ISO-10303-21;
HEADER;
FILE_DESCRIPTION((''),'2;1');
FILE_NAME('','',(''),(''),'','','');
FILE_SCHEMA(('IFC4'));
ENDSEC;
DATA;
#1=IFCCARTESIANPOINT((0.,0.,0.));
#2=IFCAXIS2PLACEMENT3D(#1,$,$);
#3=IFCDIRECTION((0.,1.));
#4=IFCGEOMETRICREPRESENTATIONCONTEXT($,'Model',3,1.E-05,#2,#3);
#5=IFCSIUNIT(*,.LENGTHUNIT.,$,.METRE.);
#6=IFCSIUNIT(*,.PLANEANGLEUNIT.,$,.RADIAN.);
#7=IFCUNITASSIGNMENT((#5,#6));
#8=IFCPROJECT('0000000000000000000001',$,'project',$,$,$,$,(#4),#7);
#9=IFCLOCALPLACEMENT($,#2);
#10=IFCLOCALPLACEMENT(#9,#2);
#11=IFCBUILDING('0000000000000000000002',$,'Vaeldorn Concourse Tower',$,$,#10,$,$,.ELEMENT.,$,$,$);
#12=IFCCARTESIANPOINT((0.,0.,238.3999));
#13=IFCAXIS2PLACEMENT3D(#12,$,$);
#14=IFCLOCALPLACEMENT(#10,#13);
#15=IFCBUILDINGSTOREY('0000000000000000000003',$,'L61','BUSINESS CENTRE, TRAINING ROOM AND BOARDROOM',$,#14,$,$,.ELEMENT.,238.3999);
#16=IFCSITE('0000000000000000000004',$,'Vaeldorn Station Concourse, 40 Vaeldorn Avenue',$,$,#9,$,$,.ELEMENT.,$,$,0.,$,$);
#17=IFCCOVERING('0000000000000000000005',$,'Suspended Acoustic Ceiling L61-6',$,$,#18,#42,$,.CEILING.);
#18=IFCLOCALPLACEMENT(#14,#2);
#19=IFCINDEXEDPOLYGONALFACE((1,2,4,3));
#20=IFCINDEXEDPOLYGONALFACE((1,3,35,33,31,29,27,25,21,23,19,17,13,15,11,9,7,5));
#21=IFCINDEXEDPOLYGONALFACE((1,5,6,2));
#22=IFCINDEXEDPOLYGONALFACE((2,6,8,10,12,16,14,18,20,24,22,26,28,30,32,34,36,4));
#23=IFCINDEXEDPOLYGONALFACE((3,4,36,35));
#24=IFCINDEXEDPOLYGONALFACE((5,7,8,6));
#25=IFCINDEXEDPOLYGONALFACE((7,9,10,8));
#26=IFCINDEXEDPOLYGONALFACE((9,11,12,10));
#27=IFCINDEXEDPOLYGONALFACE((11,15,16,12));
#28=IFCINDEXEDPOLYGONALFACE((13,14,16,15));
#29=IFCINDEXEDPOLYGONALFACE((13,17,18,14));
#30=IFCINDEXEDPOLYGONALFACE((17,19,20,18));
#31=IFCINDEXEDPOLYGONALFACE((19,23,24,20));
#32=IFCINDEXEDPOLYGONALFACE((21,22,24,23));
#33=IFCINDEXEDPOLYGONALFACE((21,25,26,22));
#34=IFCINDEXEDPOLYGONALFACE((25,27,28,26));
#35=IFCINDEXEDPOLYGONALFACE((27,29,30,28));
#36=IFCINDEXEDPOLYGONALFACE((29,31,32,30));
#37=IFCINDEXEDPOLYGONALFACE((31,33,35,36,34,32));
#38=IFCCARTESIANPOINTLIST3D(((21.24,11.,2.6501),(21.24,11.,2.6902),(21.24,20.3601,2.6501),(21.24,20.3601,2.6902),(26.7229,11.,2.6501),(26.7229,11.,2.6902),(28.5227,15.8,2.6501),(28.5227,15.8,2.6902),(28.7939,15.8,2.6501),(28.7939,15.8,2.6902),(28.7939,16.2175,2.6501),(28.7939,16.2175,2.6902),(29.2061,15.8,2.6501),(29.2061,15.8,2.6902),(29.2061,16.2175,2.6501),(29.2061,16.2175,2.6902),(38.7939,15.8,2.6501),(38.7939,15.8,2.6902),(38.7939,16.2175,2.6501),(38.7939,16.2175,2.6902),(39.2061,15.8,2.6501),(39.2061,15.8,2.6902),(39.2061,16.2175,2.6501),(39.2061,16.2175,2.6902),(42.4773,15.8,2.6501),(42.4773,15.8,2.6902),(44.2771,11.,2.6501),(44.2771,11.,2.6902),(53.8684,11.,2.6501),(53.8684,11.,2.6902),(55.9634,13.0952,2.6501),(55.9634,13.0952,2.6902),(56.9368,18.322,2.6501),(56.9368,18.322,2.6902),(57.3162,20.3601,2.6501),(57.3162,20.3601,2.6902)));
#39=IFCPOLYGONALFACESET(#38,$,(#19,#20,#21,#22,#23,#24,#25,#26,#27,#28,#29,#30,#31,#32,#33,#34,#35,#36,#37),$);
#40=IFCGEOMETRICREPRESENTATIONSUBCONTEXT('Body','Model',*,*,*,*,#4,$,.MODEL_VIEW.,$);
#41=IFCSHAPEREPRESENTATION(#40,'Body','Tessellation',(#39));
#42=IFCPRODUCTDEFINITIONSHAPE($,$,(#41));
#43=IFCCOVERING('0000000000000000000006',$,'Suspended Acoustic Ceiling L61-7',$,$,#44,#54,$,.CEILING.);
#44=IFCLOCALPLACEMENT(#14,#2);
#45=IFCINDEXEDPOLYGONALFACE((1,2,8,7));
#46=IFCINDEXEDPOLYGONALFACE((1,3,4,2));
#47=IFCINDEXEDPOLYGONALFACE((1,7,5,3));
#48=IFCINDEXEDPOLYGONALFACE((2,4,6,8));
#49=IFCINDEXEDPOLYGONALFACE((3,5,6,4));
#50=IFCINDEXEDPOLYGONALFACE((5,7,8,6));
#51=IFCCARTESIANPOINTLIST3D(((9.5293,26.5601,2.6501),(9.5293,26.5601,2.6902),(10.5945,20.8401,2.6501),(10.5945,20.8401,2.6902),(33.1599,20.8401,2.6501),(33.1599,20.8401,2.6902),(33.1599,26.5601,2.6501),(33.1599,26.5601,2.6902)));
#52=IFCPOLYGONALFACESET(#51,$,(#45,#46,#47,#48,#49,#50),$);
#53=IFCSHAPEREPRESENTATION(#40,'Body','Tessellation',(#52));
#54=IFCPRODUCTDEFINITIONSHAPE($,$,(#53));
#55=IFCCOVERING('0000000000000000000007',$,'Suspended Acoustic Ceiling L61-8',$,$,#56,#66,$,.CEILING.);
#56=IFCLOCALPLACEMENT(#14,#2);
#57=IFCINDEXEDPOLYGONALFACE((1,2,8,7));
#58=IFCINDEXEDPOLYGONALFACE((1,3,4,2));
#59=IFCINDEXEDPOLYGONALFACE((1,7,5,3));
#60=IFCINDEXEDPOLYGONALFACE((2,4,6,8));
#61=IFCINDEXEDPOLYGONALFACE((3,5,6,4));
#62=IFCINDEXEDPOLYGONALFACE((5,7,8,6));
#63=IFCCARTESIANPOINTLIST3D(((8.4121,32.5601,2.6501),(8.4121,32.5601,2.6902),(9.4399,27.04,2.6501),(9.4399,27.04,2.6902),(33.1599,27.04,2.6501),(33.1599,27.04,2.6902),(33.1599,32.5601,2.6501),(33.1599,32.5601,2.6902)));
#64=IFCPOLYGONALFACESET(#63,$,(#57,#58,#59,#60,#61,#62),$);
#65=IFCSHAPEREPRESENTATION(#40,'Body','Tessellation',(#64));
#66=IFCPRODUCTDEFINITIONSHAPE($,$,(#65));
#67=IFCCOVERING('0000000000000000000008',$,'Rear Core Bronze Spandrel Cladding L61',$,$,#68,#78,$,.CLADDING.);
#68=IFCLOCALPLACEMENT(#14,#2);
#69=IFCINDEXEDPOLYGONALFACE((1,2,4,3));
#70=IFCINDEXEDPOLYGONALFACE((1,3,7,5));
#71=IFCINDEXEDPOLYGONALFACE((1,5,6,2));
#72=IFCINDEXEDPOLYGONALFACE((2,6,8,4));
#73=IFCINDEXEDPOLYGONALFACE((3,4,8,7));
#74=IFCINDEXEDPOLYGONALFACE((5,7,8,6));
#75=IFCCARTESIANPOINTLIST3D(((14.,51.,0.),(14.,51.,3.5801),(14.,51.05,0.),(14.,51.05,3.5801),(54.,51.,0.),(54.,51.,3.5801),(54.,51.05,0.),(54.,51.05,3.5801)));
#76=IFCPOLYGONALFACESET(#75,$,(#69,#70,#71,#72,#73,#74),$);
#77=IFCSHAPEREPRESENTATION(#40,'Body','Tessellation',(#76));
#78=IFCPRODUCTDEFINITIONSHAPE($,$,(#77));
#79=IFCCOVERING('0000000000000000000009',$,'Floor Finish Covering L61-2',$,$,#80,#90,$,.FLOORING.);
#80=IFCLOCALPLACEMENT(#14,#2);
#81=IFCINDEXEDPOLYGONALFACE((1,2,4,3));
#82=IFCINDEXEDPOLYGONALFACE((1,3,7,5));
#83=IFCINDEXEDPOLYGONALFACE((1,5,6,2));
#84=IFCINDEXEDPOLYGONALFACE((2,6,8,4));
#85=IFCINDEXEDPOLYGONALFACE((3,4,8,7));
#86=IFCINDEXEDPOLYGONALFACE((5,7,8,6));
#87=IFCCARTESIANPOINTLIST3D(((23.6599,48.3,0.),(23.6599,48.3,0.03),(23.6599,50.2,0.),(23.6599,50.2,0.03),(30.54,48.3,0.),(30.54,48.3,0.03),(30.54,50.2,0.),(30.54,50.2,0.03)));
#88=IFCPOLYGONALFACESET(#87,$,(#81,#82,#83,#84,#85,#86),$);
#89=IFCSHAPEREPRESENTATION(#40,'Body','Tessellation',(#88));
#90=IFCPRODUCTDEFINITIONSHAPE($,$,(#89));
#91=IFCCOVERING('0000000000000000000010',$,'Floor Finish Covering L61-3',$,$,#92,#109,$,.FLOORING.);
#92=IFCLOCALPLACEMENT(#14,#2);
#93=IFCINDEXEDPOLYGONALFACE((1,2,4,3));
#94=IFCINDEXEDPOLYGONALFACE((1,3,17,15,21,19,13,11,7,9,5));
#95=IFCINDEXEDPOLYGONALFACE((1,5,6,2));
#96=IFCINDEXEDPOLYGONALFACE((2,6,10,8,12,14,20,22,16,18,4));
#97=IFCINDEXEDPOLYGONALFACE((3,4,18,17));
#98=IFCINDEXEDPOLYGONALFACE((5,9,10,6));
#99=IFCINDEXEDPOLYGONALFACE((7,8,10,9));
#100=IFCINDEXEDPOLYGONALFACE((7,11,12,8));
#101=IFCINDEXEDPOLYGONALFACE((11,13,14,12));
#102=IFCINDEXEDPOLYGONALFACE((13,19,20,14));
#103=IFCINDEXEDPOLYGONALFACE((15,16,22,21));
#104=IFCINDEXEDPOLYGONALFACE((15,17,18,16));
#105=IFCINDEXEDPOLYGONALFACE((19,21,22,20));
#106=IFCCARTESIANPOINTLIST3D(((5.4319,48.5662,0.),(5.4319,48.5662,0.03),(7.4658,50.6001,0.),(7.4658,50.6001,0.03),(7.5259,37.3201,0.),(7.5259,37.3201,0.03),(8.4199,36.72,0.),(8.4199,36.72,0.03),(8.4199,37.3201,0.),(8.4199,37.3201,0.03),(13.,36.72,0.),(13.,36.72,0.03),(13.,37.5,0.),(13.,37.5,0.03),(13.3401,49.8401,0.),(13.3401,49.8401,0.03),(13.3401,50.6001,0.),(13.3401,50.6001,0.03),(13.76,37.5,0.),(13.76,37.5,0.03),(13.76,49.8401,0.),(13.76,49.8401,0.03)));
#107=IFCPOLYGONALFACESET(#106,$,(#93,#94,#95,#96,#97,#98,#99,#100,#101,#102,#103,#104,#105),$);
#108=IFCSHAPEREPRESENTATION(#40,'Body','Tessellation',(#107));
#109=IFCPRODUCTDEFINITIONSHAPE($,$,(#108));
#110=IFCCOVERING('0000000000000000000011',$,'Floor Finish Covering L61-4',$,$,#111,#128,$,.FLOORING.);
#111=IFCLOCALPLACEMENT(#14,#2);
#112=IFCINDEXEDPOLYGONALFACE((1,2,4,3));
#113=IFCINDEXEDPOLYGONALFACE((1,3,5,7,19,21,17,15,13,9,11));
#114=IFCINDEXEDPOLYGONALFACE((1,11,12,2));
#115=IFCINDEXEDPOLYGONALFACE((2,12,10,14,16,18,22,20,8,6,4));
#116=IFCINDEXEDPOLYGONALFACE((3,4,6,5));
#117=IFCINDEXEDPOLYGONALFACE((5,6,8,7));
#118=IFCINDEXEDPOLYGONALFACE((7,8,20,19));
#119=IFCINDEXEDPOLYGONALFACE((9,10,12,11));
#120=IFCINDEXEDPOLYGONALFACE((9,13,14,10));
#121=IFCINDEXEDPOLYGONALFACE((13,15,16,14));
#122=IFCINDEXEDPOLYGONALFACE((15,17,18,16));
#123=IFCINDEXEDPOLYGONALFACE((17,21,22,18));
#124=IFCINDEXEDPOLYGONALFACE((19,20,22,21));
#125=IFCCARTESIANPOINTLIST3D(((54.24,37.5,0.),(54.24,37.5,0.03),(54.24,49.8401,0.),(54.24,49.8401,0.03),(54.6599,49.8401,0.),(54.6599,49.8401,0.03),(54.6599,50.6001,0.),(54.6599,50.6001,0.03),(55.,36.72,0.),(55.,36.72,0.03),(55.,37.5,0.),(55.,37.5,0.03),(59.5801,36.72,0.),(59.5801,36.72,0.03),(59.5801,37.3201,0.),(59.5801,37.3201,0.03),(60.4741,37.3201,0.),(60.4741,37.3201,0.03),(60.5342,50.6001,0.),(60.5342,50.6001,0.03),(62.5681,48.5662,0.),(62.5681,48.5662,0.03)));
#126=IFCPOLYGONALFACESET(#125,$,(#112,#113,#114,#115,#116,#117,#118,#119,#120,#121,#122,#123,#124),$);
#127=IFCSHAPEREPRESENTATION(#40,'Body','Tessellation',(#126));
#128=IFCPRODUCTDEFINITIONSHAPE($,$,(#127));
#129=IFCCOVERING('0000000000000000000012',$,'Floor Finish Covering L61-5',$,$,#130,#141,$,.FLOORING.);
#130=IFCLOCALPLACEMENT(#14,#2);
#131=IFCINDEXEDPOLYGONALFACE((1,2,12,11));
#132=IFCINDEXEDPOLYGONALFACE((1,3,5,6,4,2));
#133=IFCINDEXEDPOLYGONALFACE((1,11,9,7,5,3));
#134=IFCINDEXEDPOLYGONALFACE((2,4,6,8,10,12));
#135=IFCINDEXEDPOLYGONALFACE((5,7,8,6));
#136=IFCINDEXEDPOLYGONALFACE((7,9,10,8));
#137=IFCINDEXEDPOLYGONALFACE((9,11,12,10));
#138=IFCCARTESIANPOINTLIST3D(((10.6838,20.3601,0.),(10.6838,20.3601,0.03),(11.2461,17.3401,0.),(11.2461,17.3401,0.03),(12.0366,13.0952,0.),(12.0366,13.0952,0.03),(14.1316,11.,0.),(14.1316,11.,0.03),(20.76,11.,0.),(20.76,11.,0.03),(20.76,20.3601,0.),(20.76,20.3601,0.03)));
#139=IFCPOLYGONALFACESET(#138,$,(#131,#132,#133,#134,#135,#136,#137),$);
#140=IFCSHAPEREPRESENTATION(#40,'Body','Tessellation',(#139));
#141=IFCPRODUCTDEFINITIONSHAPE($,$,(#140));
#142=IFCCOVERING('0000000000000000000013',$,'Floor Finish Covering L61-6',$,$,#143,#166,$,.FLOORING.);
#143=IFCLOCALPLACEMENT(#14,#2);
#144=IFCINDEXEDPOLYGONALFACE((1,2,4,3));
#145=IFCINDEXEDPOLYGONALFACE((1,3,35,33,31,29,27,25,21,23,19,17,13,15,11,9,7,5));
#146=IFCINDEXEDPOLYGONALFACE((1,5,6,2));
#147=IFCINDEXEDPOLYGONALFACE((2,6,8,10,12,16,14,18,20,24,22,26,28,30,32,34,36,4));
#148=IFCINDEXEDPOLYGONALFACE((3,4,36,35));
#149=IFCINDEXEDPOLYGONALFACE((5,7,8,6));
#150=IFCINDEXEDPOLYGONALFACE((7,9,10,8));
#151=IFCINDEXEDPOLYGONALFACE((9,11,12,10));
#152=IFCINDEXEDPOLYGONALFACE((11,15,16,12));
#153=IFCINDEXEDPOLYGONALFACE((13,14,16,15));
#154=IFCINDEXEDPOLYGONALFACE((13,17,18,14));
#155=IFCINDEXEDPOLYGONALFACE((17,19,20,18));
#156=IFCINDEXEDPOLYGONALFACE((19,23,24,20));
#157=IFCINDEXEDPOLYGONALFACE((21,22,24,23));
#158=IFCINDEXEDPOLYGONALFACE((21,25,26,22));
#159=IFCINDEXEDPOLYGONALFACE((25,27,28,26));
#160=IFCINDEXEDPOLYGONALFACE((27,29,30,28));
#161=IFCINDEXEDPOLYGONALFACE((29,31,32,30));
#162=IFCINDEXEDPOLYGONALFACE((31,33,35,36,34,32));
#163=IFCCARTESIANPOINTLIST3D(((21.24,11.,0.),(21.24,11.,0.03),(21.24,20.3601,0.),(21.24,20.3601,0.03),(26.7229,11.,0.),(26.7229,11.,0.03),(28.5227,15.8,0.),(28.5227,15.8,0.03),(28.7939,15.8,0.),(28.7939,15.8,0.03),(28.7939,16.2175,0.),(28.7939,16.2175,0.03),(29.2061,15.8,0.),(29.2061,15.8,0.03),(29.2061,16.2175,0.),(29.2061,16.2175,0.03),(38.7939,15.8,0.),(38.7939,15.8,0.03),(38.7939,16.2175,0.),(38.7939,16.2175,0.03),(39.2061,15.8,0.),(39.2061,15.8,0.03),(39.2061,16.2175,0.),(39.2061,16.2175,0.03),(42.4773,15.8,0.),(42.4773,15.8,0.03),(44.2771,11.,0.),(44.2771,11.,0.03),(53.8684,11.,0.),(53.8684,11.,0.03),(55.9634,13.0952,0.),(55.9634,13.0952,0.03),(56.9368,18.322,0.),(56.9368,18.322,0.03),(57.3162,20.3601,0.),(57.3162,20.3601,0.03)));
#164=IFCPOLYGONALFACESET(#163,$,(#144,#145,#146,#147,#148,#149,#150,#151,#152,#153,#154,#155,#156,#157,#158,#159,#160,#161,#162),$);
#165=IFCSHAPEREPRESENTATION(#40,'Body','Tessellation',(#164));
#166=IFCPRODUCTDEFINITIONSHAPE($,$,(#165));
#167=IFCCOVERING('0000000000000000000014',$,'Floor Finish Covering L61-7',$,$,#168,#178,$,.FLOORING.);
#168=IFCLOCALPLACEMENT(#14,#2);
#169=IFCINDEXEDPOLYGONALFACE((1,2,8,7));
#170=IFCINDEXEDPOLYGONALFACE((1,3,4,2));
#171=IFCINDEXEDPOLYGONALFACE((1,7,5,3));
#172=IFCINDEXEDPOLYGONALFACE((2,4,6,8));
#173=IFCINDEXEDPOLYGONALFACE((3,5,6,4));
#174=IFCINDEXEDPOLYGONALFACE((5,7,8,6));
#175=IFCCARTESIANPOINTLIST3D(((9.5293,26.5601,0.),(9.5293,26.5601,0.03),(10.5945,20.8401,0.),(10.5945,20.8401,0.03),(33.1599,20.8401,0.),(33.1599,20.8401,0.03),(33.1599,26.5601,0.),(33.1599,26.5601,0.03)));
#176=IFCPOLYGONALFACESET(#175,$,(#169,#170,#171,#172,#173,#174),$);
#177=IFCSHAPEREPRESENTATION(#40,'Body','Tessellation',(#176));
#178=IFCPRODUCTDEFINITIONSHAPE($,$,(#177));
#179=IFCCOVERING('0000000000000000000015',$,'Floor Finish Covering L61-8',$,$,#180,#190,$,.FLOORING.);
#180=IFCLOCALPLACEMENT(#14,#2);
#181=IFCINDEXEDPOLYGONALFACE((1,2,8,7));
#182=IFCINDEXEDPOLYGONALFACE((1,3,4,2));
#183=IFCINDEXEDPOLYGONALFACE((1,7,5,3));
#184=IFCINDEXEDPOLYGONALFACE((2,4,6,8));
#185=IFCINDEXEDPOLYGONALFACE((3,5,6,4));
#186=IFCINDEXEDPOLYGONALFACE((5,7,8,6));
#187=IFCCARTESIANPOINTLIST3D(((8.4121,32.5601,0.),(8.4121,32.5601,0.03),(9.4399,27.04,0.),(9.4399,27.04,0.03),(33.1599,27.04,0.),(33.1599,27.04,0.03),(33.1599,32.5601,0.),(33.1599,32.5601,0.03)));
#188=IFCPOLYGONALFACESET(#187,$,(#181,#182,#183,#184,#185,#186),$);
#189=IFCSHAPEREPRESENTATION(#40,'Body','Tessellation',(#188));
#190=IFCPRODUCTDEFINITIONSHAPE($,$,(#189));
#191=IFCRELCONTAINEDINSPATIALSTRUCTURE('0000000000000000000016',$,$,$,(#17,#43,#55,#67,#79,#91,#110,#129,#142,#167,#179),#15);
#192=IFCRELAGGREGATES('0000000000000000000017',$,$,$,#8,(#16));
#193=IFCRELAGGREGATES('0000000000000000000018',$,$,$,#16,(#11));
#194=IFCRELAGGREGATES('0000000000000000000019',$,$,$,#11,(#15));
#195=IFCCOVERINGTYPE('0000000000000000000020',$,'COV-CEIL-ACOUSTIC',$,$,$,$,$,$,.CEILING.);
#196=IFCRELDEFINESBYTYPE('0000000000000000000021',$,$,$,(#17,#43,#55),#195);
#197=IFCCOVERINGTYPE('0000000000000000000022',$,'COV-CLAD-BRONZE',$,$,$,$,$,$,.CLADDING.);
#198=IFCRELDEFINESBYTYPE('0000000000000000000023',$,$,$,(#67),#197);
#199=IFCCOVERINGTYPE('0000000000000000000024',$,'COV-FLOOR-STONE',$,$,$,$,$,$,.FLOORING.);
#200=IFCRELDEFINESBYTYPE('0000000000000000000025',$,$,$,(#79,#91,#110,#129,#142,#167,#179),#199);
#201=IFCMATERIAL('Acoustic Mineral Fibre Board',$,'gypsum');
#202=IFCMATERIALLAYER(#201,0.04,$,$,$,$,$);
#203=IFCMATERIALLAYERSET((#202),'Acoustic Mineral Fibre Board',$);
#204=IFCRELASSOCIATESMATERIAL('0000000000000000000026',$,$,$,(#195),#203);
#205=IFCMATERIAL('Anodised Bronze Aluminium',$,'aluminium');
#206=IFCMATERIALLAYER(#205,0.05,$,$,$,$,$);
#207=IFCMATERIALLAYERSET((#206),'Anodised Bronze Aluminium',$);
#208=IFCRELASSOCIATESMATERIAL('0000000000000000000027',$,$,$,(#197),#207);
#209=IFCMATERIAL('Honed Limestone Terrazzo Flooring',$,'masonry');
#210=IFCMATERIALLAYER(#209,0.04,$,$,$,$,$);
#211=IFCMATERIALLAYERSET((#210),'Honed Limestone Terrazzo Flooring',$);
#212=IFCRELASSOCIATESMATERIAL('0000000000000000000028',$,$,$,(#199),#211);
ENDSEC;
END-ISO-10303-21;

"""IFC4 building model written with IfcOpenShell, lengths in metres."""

from ifc_helpers import new_model, si_unit, direction, frame, origin, place, context, subcontext, project, spatial, polyline, outline, extrude, material, layer, layer_set, type_object, element, save


model = new_model("IFC4")

# Units and contexts
model_context = context("Model", 3, precision=1e-05, world=origin(), true_north=direction((0.0, 1.0)))
body_context = subcontext(model_context, "Body", "Model", "MODEL_VIEW")
ifc_project = project(units=[si_unit("LENGTHUNIT", "METRE"), si_unit("PLANEANGLEUNIT", "RADIAN")], contexts=[model_context])

# Site, building, storey
site_placement = place(None, origin())
site = spatial("IfcSite", under=ifc_project, at=site_placement, Name="Vaeldorn Station Concourse, 40 Vaeldorn Avenue", CompositionType="ELEMENT", RefElevation=0.0)
building_placement = place(site_placement, origin())
building = spatial("IfcBuilding", under=site, at=building_placement, Name="Vaeldorn Concourse Tower", CompositionType="ELEMENT")
storey_placement = place(building_placement, frame((0.0, 0.0, 238.3999)))
storey = spatial("IfcBuildingStorey", under=building, at=storey_placement, Name="L61", Description="BUSINESS CENTRE, TRAINING ROOM AND BOARDROOM", CompositionType="ELEMENT", Elevation=238.3999)

# Coverings
ifc_material_1 = material(Name="Acoustic Mineral Fibre Board", Category="gypsum")
ifc_layer_1 = layer(ifc_material_1, 0.04)
ifc_layer_set_1 = layer_set([ifc_layer_1], Name="Acoustic Mineral Fibre Board")
covering_type_1 = type_object("IfcCoveringType", Name="COV-CEIL-ACOUSTIC", PredefinedType="CEILING", material=ifc_layer_set_1)
covering_1_placement = place(storey_placement, frame((0.0, 0.0, 2.6501)))
element("IfcCovering", 1, at=covering_1_placement, inside=storey, type_object=covering_type_1, Name="Suspended Acoustic Ceiling L61-6", PredefinedType="CEILING", context=body_context, shape_type="SweptSolid", body=[
    extrude(outline(polyline([(26.7229, 11.0), (21.24, 11.0), (21.24, 20.3601), (57.3162, 20.3601), (56.9368, 18.322), (55.9634, 13.0952), (53.8684, 11.0), (44.2771, 11.0), (42.4773, 15.8), (39.2061, 15.8), (39.2061, 16.2175), (38.7939, 16.2175), (38.7939, 15.8), (29.2061, 15.8), (29.2061, 16.2175), (28.7939, 16.2175), (28.7939, 15.8), (28.5227, 15.8), (26.7229, 11.0)])), origin(), (0.0, 0.0, 1.0), 0.04),
])
covering_2_placement = place(storey_placement, frame((0.0, 0.0, 2.6501)))
element("IfcCovering", 2, at=covering_2_placement, inside=storey, type_object=covering_type_1, Name="Suspended Acoustic Ceiling L61-7", PredefinedType="CEILING", context=body_context, shape_type="SweptSolid", body=[
    extrude(outline(polyline([(33.1599, 26.5601), (33.1599, 20.8401), (10.5945, 20.8401), (9.5293, 26.5601), (33.1599, 26.5601)])), origin(), (0.0, 0.0, 1.0), 0.04),
])
covering_3_placement = place(storey_placement, frame((0.0, 0.0, 2.6501)))
element("IfcCovering", 3, at=covering_3_placement, inside=storey, type_object=covering_type_1, Name="Suspended Acoustic Ceiling L61-8", PredefinedType="CEILING", context=body_context, shape_type="SweptSolid", body=[
    extrude(outline(polyline([(33.1599, 32.5601), (33.1599, 27.04), (9.4399, 27.04), (8.4121, 32.5601), (33.1599, 32.5601)])), origin(), (0.0, 0.0, 1.0), 0.04),
])
ifc_material_2 = material(Name="Anodised Bronze Aluminium", Category="aluminium")
ifc_layer_2 = layer(ifc_material_2, 0.05)
ifc_layer_set_2 = layer_set([ifc_layer_2], Name="Anodised Bronze Aluminium")
covering_type_2 = type_object("IfcCoveringType", Name="COV-CLAD-BRONZE", PredefinedType="CLADDING", material=ifc_layer_set_2)
covering_4_placement = place(storey_placement, origin())
element("IfcCovering", 4, at=covering_4_placement, inside=storey, type_object=covering_type_2, Name="Rear Core Bronze Spandrel Cladding L61", PredefinedType="CLADDING", context=body_context, shape_type="SweptSolid", body=[
    extrude(outline(polyline([(14.0, 51.0), (54.0, 51.0), (54.0, 51.05), (14.0, 51.05), (14.0, 51.0)])), origin(), (0.0, 0.0, 1.0), 3.5801),
])
ifc_material_3 = material(Name="Honed Limestone Terrazzo Flooring", Category="masonry")
ifc_layer_3 = layer(ifc_material_3, 0.04)
ifc_layer_set_3 = layer_set([ifc_layer_3], Name="Honed Limestone Terrazzo Flooring")
covering_type_3 = type_object("IfcCoveringType", Name="COV-FLOOR-STONE", PredefinedType="FLOORING", material=ifc_layer_set_3)
covering_5_placement = place(storey_placement, origin())
element("IfcCovering", 5, at=covering_5_placement, inside=storey, type_object=covering_type_3, Name="Floor Finish Covering L61-2", PredefinedType="FLOORING", context=body_context, shape_type="SweptSolid", body=[
    extrude(outline(polyline([(30.54, 50.2), (30.54, 48.3), (23.6599, 48.3), (23.6599, 50.2), (30.54, 50.2)])), origin(), (0.0, 0.0, 1.0), 0.03),
])
covering_6_placement = place(storey_placement, origin())
element("IfcCovering", 6, at=covering_6_placement, inside=storey, type_object=covering_type_3, Name="Floor Finish Covering L61-3", PredefinedType="FLOORING", context=body_context, shape_type="SweptSolid", body=[
    extrude(outline(polyline([(7.4658, 50.6001), (13.3401, 50.6001), (13.3401, 49.8401), (13.76, 49.8401), (13.76, 37.5), (13.0, 37.5), (13.0, 36.72), (8.4199, 36.72), (8.4199, 37.3201), (7.5259, 37.3201), (5.4319, 48.5662), (7.4658, 50.6001)])), origin(), (0.0, 0.0, 1.0), 0.03),
])
covering_7_placement = place(storey_placement, origin())
element("IfcCovering", 7, at=covering_7_placement, inside=storey, type_object=covering_type_3, Name="Floor Finish Covering L61-4", PredefinedType="FLOORING", context=body_context, shape_type="SweptSolid", body=[
    extrude(outline(polyline([(54.6599, 49.8401), (54.6599, 50.6001), (60.5342, 50.6001), (62.5681, 48.5662), (60.4741, 37.3201), (59.5801, 37.3201), (59.5801, 36.72), (55.0, 36.72), (55.0, 37.5), (54.24, 37.5), (54.24, 49.8401), (54.6599, 49.8401)])), origin(), (0.0, 0.0, 1.0), 0.03),
])
covering_8_placement = place(storey_placement, origin())
element("IfcCovering", 8, at=covering_8_placement, inside=storey, type_object=covering_type_3, Name="Floor Finish Covering L61-5", PredefinedType="FLOORING", context=body_context, shape_type="SweptSolid", body=[
    extrude(outline(polyline([(20.76, 20.3601), (20.76, 11.0), (14.1316, 11.0), (12.0366, 13.0952), (11.2461, 17.3401), (11.2461, 17.3401), (10.6838, 20.3601), (20.76, 20.3601)])), origin(), (0.0, 0.0, 1.0), 0.03),
])
covering_9_placement = place(storey_placement, origin())
element("IfcCovering", 9, at=covering_9_placement, inside=storey, type_object=covering_type_3, Name="Floor Finish Covering L61-6", PredefinedType="FLOORING", context=body_context, shape_type="SweptSolid", body=[
    extrude(outline(polyline([(26.7229, 11.0), (21.24, 11.0), (21.24, 20.3601), (57.3162, 20.3601), (56.9368, 18.322), (55.9634, 13.0952), (53.8684, 11.0), (44.2771, 11.0), (42.4773, 15.8), (39.2061, 15.8), (39.2061, 16.2175), (38.7939, 16.2175), (38.7939, 15.8), (29.2061, 15.8), (29.2061, 16.2175), (28.7939, 16.2175), (28.7939, 15.8), (28.5227, 15.8), (26.7229, 11.0)])), origin(), (0.0, 0.0, 1.0), 0.03),
])
covering_10_placement = place(storey_placement, origin())
element("IfcCovering", 10, at=covering_10_placement, inside=storey, type_object=covering_type_3, Name="Floor Finish Covering L61-7", PredefinedType="FLOORING", context=body_context, shape_type="SweptSolid", body=[
    extrude(outline(polyline([(33.1599, 26.5601), (33.1599, 20.8401), (10.5945, 20.8401), (9.5293, 26.5601), (33.1599, 26.5601)])), origin(), (0.0, 0.0, 1.0), 0.03),
])
covering_11_placement = place(storey_placement, origin())
element("IfcCovering", 11, at=covering_11_placement, inside=storey, type_object=covering_type_3, Name="Floor Finish Covering L61-8", PredefinedType="FLOORING", context=body_context, shape_type="SweptSolid", body=[
    extrude(outline(polyline([(33.1599, 32.5601), (33.1599, 27.04), (9.4399, 27.04), (8.4121, 32.5601), (33.1599, 32.5601)])), origin(), (0.0, 0.0, 1.0), 0.03),
])

save(model, "model.ifc")
